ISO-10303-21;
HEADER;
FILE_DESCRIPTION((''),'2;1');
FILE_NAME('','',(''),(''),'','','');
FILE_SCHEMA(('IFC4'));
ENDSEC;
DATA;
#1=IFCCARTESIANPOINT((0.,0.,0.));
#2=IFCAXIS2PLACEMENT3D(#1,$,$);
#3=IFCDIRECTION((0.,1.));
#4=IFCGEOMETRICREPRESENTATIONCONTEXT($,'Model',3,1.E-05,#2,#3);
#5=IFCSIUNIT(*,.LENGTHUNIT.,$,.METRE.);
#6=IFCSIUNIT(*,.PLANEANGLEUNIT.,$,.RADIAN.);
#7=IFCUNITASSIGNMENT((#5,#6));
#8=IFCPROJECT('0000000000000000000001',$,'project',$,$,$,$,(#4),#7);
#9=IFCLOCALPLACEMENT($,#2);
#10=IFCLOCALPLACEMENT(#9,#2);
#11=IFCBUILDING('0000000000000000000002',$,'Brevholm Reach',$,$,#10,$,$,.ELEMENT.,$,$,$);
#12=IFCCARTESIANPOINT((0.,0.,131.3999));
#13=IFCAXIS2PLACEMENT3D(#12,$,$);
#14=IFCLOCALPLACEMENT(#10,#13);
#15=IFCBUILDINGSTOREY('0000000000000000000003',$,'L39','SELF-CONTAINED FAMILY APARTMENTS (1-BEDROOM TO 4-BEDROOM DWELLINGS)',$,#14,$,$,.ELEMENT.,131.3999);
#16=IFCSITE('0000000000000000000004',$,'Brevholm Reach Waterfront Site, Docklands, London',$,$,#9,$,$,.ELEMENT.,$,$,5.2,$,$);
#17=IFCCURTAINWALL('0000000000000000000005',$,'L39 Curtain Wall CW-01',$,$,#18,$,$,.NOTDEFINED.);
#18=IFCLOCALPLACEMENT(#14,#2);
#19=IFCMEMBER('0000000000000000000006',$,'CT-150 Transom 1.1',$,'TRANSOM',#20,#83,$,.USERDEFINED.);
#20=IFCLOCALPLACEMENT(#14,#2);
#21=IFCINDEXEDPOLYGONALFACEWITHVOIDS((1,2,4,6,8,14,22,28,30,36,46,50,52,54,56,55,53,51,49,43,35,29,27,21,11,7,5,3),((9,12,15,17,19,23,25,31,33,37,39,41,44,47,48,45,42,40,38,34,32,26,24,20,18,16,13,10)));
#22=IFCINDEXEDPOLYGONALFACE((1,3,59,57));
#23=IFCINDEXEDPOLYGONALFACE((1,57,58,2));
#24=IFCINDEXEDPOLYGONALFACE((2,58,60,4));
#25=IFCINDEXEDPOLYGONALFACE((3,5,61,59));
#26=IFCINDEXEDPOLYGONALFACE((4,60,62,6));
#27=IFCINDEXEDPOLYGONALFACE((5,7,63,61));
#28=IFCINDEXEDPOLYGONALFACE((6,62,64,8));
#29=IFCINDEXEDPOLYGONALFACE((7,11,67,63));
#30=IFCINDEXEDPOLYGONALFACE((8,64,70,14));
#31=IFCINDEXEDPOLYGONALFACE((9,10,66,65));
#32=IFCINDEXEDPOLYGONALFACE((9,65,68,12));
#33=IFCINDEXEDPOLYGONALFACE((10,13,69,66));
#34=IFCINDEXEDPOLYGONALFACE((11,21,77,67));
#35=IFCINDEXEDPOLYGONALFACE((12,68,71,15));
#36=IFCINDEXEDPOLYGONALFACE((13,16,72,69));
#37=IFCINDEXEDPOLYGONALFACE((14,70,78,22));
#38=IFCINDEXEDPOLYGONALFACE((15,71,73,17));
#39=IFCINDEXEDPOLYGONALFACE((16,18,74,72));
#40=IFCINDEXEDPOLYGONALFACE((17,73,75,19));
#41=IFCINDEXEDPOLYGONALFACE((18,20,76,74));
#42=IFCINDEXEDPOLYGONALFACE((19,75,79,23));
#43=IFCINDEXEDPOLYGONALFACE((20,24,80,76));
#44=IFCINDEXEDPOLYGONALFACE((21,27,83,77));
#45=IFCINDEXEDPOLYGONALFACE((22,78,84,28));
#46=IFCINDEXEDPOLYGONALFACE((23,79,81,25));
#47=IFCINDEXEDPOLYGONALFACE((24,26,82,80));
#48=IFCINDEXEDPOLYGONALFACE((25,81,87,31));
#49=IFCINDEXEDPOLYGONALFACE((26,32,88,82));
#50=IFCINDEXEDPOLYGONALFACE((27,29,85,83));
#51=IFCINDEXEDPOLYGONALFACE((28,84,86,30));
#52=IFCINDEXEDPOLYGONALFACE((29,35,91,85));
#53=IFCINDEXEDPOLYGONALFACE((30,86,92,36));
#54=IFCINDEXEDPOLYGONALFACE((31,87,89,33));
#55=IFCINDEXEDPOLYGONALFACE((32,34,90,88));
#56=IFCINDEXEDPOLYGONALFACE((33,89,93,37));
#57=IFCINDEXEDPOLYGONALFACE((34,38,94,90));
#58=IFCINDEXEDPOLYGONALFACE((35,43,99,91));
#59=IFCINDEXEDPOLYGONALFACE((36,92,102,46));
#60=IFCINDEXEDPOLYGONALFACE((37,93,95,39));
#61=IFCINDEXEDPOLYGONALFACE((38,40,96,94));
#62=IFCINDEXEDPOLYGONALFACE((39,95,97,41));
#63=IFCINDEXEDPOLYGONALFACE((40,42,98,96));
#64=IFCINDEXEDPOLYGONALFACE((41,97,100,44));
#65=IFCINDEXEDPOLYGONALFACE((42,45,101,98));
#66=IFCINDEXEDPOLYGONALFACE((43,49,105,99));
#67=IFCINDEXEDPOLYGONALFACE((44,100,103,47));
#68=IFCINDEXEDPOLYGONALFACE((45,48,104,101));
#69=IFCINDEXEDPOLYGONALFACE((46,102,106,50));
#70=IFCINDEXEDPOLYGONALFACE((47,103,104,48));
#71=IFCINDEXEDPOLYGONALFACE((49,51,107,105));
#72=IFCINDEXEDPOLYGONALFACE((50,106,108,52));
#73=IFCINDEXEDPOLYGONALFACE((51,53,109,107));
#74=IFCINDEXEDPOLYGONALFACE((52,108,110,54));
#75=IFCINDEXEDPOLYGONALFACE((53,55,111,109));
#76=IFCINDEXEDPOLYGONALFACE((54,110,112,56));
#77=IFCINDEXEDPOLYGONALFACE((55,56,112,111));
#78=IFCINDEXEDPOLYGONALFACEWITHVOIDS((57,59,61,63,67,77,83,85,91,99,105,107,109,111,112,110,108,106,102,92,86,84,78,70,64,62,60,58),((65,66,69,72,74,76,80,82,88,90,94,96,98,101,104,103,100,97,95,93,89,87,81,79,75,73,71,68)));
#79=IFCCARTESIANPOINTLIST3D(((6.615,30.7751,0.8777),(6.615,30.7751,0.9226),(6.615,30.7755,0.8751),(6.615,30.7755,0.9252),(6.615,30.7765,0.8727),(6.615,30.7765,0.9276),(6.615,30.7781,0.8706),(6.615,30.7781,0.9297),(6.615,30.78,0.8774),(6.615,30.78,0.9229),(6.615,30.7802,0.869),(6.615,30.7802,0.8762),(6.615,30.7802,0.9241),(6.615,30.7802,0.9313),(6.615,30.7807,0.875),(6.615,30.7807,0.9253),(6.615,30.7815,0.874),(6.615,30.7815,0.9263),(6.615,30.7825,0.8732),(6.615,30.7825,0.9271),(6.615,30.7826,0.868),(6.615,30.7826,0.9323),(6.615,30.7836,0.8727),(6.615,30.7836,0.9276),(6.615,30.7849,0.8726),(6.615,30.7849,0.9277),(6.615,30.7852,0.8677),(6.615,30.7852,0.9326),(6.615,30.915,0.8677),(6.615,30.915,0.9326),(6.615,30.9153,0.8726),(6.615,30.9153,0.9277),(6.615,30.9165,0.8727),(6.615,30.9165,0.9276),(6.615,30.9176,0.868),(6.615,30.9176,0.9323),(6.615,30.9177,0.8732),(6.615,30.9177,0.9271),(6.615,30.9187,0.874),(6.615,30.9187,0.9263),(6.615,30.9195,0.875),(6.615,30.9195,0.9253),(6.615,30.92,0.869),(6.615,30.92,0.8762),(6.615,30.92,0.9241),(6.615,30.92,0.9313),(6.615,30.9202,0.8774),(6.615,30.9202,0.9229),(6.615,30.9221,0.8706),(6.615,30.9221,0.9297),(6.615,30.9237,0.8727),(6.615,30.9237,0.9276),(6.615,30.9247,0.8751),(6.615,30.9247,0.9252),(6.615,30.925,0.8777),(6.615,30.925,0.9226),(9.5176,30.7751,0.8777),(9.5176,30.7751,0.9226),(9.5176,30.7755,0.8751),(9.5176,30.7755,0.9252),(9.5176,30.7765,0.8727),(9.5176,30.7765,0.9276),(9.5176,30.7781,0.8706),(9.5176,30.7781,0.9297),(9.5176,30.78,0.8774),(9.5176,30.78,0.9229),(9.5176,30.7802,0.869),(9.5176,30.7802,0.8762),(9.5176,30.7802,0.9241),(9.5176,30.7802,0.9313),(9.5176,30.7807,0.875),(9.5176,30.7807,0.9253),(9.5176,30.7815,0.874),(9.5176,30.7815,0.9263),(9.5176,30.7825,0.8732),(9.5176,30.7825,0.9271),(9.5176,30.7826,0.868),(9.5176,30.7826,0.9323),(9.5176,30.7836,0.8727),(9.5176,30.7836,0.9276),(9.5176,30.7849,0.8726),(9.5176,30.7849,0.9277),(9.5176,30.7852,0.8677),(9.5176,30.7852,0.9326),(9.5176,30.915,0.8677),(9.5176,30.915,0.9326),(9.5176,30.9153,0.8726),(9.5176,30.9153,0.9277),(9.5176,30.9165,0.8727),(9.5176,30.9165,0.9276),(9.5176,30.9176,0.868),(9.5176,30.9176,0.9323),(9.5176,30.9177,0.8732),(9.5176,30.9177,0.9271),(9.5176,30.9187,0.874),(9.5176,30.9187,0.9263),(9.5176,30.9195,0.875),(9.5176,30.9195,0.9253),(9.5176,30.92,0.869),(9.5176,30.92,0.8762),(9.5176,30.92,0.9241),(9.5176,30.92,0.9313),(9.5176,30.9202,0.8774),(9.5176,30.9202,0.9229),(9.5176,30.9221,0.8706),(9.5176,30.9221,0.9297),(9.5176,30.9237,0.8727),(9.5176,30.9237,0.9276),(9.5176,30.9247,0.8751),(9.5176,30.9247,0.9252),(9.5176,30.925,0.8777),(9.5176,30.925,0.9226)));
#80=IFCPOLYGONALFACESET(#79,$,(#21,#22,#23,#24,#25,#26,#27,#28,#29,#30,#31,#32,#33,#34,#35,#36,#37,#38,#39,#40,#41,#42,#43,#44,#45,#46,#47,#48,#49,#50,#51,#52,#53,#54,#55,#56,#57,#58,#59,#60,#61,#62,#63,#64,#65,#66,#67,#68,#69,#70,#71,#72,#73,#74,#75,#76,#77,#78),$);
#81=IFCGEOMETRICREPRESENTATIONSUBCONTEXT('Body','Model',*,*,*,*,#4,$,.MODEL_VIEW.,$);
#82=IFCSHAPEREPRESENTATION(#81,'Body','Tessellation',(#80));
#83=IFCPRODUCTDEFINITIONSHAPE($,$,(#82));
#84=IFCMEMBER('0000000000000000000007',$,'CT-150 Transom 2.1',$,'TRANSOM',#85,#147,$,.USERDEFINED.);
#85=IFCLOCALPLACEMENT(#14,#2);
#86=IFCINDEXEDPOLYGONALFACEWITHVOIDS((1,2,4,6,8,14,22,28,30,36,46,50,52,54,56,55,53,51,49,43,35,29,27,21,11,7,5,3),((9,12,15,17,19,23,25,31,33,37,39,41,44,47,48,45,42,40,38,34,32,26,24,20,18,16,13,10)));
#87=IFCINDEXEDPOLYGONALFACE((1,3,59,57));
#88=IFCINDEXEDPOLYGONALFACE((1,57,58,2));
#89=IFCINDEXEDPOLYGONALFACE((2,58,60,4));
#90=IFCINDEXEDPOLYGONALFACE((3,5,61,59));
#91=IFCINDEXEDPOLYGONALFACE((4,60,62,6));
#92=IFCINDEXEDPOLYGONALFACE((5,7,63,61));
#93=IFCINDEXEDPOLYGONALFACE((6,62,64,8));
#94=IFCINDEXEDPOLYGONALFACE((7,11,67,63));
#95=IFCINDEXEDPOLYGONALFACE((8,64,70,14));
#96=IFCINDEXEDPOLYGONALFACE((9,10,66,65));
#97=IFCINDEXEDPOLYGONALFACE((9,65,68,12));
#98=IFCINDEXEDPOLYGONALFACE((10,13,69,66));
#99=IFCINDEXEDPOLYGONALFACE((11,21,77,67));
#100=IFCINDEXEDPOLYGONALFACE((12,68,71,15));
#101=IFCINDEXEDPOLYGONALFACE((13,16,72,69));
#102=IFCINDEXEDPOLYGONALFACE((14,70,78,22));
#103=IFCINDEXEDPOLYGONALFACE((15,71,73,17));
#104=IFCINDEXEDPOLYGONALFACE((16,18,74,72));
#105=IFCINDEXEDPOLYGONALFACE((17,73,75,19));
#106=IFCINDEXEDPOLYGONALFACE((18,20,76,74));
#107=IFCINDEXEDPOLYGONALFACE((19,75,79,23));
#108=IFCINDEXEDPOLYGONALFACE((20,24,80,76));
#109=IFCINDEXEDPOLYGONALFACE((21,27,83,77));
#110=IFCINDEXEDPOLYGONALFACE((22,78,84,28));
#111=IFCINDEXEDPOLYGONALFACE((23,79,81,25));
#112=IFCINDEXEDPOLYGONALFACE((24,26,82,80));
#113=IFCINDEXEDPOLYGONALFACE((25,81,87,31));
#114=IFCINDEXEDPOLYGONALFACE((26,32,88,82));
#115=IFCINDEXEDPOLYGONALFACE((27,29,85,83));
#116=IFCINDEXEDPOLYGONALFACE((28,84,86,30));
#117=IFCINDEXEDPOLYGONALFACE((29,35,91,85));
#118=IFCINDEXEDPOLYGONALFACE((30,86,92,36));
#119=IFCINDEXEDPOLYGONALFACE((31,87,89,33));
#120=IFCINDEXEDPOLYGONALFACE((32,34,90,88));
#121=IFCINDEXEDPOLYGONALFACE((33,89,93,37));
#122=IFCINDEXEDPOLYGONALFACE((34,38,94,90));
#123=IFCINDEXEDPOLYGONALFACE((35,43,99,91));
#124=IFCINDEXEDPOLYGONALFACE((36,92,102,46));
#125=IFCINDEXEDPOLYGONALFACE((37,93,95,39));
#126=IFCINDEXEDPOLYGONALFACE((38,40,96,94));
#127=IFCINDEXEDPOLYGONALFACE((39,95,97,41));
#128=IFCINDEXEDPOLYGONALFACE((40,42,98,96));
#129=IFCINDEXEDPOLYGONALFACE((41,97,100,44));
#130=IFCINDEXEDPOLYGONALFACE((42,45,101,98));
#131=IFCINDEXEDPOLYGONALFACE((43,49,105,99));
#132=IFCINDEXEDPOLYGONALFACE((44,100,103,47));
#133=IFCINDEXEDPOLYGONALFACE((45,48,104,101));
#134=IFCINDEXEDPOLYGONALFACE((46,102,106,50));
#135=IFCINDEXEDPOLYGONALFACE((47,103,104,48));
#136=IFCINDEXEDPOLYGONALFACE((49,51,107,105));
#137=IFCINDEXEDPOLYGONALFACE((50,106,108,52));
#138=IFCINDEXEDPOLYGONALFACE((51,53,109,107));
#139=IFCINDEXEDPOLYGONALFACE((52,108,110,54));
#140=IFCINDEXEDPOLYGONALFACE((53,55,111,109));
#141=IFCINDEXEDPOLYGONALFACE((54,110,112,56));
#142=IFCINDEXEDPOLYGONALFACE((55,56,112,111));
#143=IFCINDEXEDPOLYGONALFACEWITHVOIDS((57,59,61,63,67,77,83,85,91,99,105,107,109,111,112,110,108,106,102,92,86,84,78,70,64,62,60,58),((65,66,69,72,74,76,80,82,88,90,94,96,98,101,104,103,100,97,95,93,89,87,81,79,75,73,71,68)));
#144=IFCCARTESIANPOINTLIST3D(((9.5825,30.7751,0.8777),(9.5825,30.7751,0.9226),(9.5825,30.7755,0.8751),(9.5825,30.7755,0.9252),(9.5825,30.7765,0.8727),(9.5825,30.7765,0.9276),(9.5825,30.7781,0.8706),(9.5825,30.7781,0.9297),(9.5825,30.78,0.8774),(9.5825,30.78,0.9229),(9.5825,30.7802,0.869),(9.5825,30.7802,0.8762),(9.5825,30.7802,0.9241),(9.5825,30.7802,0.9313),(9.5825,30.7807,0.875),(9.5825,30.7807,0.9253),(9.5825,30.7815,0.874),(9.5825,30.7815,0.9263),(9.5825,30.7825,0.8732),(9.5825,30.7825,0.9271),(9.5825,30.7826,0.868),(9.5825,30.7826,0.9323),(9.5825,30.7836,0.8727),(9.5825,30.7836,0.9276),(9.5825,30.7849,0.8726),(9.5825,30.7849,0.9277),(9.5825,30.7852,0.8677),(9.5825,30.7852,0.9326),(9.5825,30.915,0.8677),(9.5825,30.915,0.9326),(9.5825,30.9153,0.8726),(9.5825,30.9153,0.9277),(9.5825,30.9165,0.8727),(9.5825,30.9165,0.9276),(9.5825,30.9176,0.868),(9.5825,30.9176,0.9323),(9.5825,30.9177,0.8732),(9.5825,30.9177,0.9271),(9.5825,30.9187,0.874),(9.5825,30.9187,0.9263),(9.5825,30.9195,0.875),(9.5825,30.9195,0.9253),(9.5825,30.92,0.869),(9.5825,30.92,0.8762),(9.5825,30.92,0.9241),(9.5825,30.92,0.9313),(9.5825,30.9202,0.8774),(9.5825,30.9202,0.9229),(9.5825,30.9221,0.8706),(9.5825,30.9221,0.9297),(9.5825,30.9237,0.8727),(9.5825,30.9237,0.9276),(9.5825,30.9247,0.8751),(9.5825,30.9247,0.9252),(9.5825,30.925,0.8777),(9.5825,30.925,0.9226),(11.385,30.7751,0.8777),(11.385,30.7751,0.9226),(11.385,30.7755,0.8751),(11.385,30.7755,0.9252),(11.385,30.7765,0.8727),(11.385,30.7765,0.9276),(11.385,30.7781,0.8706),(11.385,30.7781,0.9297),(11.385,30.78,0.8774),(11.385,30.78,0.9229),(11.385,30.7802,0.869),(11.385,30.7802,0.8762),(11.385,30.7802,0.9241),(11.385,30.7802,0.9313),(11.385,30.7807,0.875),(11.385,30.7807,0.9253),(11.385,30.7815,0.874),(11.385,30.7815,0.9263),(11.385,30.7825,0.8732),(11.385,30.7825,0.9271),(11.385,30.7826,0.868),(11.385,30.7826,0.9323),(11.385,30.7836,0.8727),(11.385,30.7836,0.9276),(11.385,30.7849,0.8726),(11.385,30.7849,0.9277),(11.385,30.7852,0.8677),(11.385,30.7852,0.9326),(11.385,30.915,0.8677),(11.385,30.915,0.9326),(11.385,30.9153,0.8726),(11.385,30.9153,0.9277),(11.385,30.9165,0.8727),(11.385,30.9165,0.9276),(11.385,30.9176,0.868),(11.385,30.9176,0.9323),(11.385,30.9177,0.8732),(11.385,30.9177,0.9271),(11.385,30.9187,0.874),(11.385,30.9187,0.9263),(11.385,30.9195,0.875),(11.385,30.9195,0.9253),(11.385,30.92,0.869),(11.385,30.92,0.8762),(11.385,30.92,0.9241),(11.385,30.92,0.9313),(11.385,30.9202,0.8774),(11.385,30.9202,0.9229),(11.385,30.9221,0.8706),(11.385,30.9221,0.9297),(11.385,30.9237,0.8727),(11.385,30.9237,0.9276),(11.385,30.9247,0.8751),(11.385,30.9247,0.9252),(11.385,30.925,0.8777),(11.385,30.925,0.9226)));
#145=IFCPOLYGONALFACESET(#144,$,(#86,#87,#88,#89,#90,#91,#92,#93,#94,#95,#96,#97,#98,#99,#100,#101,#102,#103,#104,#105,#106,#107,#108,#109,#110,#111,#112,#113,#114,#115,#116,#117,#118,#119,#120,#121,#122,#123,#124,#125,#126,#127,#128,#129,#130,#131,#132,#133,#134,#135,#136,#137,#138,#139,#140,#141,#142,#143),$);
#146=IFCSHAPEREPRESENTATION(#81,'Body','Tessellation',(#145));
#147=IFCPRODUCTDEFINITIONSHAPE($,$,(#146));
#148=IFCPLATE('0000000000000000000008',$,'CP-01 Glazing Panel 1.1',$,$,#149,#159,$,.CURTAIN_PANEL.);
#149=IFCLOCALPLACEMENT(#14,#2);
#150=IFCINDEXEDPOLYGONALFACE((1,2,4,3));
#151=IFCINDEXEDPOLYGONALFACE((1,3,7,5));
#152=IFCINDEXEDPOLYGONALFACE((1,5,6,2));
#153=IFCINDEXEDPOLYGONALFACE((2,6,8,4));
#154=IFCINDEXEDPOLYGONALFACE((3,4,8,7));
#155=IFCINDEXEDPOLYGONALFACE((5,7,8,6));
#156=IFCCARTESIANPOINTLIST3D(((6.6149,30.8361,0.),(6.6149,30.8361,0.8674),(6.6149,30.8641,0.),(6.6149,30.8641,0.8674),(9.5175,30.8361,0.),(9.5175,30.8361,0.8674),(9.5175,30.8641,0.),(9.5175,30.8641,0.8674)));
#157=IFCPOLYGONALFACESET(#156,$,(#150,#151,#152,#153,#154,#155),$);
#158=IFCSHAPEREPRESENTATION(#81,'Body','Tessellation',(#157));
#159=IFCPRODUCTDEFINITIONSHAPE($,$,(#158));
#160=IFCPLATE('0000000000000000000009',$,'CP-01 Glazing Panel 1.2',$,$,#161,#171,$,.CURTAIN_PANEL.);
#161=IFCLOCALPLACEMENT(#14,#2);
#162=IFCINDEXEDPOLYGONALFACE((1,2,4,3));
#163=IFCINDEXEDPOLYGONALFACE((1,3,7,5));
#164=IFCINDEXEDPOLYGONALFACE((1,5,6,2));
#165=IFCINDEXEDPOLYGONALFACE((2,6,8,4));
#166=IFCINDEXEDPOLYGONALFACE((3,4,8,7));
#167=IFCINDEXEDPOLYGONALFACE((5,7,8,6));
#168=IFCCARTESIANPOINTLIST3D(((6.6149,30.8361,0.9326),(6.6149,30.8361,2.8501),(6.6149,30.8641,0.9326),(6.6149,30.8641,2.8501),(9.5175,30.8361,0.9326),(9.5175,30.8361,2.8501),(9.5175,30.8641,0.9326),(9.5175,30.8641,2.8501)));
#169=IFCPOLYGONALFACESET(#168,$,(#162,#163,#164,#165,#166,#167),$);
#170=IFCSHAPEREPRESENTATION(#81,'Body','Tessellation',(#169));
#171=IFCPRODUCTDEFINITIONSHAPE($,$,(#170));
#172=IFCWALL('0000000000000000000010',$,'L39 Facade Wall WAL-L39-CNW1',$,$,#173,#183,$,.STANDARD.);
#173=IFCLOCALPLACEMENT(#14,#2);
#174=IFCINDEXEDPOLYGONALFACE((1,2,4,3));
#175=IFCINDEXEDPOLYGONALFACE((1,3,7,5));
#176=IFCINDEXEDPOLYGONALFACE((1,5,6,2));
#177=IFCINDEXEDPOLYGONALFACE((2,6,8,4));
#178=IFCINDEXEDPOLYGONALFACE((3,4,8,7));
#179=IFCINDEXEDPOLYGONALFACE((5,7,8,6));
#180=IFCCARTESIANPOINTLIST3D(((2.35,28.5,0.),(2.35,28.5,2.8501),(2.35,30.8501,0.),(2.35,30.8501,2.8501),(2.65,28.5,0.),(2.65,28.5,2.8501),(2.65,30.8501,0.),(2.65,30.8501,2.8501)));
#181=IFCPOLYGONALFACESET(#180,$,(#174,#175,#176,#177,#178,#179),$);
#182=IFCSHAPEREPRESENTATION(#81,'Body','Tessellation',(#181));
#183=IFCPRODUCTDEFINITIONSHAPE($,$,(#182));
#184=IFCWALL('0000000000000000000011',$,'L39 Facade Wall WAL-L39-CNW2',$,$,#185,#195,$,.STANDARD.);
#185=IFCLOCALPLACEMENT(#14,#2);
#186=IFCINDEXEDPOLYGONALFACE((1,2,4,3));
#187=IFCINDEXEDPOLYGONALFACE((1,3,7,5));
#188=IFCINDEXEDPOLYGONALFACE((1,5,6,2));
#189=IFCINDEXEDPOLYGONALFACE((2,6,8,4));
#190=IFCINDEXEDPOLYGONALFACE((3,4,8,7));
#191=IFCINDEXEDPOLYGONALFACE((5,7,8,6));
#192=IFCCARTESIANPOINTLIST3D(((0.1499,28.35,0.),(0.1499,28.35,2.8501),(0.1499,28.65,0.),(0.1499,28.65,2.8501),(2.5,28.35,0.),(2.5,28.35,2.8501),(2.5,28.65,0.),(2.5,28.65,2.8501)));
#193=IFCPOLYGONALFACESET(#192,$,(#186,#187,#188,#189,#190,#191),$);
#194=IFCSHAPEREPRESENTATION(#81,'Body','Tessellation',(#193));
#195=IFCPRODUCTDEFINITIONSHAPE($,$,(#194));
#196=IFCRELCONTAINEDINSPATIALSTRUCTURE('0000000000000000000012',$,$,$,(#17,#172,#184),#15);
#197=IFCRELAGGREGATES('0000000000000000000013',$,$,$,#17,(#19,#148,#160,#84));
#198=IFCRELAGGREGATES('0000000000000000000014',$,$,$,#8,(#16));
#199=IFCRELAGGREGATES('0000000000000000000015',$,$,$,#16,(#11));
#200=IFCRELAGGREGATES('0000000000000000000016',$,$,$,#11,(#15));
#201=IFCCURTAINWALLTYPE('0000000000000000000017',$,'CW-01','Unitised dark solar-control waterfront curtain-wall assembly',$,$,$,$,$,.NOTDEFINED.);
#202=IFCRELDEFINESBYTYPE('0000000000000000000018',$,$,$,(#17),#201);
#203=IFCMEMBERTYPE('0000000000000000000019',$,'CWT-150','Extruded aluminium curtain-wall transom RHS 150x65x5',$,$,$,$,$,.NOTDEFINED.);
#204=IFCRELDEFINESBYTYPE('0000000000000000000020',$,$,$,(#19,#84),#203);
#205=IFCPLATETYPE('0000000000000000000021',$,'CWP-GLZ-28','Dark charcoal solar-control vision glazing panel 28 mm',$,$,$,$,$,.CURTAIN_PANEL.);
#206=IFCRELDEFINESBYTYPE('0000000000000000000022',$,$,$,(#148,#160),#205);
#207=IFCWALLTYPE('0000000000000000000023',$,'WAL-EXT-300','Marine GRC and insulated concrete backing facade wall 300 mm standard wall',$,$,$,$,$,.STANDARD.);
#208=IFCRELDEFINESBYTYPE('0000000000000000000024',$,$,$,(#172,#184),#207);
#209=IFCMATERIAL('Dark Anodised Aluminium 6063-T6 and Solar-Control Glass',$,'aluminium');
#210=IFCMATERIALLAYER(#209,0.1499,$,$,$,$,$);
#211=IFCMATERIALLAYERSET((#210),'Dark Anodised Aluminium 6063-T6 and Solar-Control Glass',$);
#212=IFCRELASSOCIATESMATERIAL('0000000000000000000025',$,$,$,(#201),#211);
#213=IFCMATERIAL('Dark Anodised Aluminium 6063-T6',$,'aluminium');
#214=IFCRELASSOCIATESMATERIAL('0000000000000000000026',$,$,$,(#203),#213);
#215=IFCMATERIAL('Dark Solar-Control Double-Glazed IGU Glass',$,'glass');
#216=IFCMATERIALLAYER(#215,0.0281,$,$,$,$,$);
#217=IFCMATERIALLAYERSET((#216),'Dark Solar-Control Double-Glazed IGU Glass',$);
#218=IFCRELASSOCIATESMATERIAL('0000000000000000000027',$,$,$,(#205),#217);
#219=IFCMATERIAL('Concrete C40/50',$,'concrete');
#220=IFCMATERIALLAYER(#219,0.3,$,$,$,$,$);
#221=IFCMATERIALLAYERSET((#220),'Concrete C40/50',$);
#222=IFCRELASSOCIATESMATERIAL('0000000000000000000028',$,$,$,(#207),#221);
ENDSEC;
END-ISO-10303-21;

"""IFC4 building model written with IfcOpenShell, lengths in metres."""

from ifc_helpers import new_model, si_unit, direction, frame, frame_2d, origin, origin_2d, place, context, subcontext, project, spatial, rectangle, hollow_rectangle, extrude, material, layer, layer_set, material_profile, profile_set, type_object, element, aggregate, save


model = new_model("IFC4")

# Units and contexts
model_context = context("Model", 3, precision=1e-05, world=origin(), true_north=direction((0.0, 1.0)))
body_context = subcontext(model_context, "Body", "Model", "MODEL_VIEW")
ifc_project = project(units=[si_unit("LENGTHUNIT", "METRE"), si_unit("PLANEANGLEUNIT", "RADIAN")], contexts=[model_context])

# Site, building, storey
site_placement = place(None, origin())
site = spatial("IfcSite", under=ifc_project, at=site_placement, Name="Brevholm Reach Waterfront Site, Docklands, London", CompositionType="ELEMENT", RefElevation=5.2)
building_placement = place(site_placement, origin())
building = spatial("IfcBuilding", under=site, at=building_placement, Name="Brevholm Reach", CompositionType="ELEMENT")
storey_placement = place(building_placement, frame((0.0, 0.0, 131.3999)))
storey = spatial("IfcBuildingStorey", under=building, at=storey_placement, Name="L39", Description="SELF-CONTAINED FAMILY APARTMENTS (1-BEDROOM TO 4-BEDROOM DWELLINGS)", CompositionType="ELEMENT", Elevation=131.3999)

# Shared definitions
ifc_material_1 = material(Name="Dark Anodised Aluminium 6063-T6 and Solar-Control Glass", Category="aluminium")
ifc_layer_1 = layer(ifc_material_1, 0.1499)
ifc_layer_set_1 = layer_set([ifc_layer_1], Name="Dark Anodised Aluminium 6063-T6 and Solar-Control Glass")
curtain_wall_type = type_object("IfcCurtainWallType", Name="CW-01", Description="Unitised dark solar-control waterfront curtain-wall assembly", PredefinedType="NOTDEFINED", material=ifc_layer_set_1)

# Curtain wall
curtain_wall_1_placement = place(storey_placement, origin())
curtain_wall_1 = element("IfcCurtainWall", 1, at=curtain_wall_1_placement, inside=storey, type_object=curtain_wall_type, Name="L39 Curtain Wall CW-01", PredefinedType="NOTDEFINED")

# Members
ifc_material_2 = material(Name="Dark Anodised Aluminium 6063-T6", Category="aluminium")
ifc_material_profile_1 = material_profile(ifc_material_2, hollow_rectangle(XDim=0.0649, YDim=0.1499, WallThickness=0.0049, InnerFilletRadius=0.0049, OuterFilletRadius=0.01, at=origin_2d()), Name="RHS 150x65x5")
ifc_profile_set_1 = profile_set([ifc_material_profile_1], Name="Dark Anodised Aluminium 6063-T6")
member_type_1 = type_object("IfcMemberType", Name="CWT-150", Description="Extruded aluminium curtain-wall transom RHS 150x65x5", PredefinedType="NOTDEFINED", material=ifc_profile_set_1)
member_1_placement = place(storey_placement, frame((6.615, 30.8501, 0.9001), z_axis=(1.0, 0.0, 0.0), x_axis=(0.0, 0.0, 1.0)))
member_1 = element("IfcMember", 2, at=member_1_placement, type_object=member_type_1, Name="CT-150 Transom 1.1", ObjectType="TRANSOM", PredefinedType="USERDEFINED", context=body_context, shape_type="SweptSolid", body=[
    extrude(hollow_rectangle(XDim=0.0649, YDim=0.1499, WallThickness=0.0049, InnerFilletRadius=0.0049, OuterFilletRadius=0.01, at=origin_2d()), origin(), (0.0, 0.0, 1.0), 2.9026),
])
member_2_placement = place(storey_placement, frame((9.5825, 30.8501, 0.9001), z_axis=(1.0, 0.0, 0.0), x_axis=(0.0, 0.0, 1.0)))
member_2 = element("IfcMember", 3, at=member_2_placement, type_object=member_type_1, Name="CT-150 Transom 2.1", ObjectType="TRANSOM", PredefinedType="USERDEFINED", context=body_context, shape_type="SweptSolid", body=[
    extrude(hollow_rectangle(XDim=0.0649, YDim=0.1499, WallThickness=0.0049, InnerFilletRadius=0.0049, OuterFilletRadius=0.01, at=origin_2d()), origin(), (0.0, 0.0, 1.0), 1.8025),
])

# Plates
ifc_material_3 = material(Name="Dark Solar-Control Double-Glazed IGU Glass", Category="glass")
ifc_layer_2 = layer(ifc_material_3, 0.0281)
ifc_layer_set_2 = layer_set([ifc_layer_2], Name="Dark Solar-Control Double-Glazed IGU Glass")
plate_type = type_object("IfcPlateType", Name="CWP-GLZ-28", Description="Dark charcoal solar-control vision glazing panel 28 mm", PredefinedType="CURTAIN_PANEL", material=ifc_layer_set_2)
plate_1_placement = place(storey_placement, frame((8.0662, 30.8501, 0.0), z_axis=(0.0, 0.0, 1.0), x_axis=(1.0, 0.0, 0.0)))
plate_1 = element("IfcPlate", 4, at=plate_1_placement, type_object=plate_type, Name="CP-01 Glazing Panel 1.1", PredefinedType="CURTAIN_PANEL", context=body_context, shape_type="SweptSolid", body=[
    extrude(rectangle(XDim=2.9026, YDim=0.0281, at=origin_2d()), origin(), (0.0, 0.0, 1.0), 0.8674),
])
plate_2_placement = place(storey_placement, frame((8.0662, 30.8501, 0.9326), z_axis=(0.0, 0.0, 1.0), x_axis=(1.0, 0.0, 0.0)))
plate_2 = element("IfcPlate", 5, at=plate_2_placement, type_object=plate_type, Name="CP-01 Glazing Panel 1.2", PredefinedType="CURTAIN_PANEL", context=body_context, shape_type="SweptSolid", body=[
    extrude(rectangle(XDim=2.9026, YDim=0.0281, at=origin_2d()), origin(), (0.0, 0.0, 1.0), 1.9175),
])
aggregate(curtain_wall_1, [member_1, plate_1, plate_2, member_2])

# Walls
ifc_material_4 = material(Name="Concrete C40/50", Category="concrete")
ifc_layer_3 = layer(ifc_material_4, 0.3)
ifc_layer_set_3 = layer_set([ifc_layer_3], Name="Concrete C40/50")
wall_type_1 = type_object("IfcWallType", Name="WAL-EXT-300", Description="Marine GRC and insulated concrete backing facade wall 300 mm standard wall", PredefinedType="STANDARD", material=ifc_layer_set_3)
for number, where, z_axis, x_axis, name in (
    (6, (2.5, 30.8501, 0.0), (0.0, 0.0, 1.0), (0.0, -1.0, 0.0), "L39 Facade Wall WAL-L39-CNW1"),
    (7, (2.5, 28.5, 0.0), (0.0, 0.0, 1.0), (-1.0, 0.0, 0.0), "L39 Facade Wall WAL-L39-CNW2"),
):
    element("IfcWall", number, at=place(storey_placement, frame(where, z_axis=z_axis, x_axis=x_axis)), inside=storey, type_object=wall_type_1, Name=name, PredefinedType="STANDARD", context=body_context, shape_type="SweptSolid", body=[
        extrude(rectangle(XDim=2.3501, YDim=0.3, at=frame_2d((1.175, 0.0))), origin(), (0.0, 0.0, 1.0), 2.8501),
    ])

save(model, "model.ifc")
